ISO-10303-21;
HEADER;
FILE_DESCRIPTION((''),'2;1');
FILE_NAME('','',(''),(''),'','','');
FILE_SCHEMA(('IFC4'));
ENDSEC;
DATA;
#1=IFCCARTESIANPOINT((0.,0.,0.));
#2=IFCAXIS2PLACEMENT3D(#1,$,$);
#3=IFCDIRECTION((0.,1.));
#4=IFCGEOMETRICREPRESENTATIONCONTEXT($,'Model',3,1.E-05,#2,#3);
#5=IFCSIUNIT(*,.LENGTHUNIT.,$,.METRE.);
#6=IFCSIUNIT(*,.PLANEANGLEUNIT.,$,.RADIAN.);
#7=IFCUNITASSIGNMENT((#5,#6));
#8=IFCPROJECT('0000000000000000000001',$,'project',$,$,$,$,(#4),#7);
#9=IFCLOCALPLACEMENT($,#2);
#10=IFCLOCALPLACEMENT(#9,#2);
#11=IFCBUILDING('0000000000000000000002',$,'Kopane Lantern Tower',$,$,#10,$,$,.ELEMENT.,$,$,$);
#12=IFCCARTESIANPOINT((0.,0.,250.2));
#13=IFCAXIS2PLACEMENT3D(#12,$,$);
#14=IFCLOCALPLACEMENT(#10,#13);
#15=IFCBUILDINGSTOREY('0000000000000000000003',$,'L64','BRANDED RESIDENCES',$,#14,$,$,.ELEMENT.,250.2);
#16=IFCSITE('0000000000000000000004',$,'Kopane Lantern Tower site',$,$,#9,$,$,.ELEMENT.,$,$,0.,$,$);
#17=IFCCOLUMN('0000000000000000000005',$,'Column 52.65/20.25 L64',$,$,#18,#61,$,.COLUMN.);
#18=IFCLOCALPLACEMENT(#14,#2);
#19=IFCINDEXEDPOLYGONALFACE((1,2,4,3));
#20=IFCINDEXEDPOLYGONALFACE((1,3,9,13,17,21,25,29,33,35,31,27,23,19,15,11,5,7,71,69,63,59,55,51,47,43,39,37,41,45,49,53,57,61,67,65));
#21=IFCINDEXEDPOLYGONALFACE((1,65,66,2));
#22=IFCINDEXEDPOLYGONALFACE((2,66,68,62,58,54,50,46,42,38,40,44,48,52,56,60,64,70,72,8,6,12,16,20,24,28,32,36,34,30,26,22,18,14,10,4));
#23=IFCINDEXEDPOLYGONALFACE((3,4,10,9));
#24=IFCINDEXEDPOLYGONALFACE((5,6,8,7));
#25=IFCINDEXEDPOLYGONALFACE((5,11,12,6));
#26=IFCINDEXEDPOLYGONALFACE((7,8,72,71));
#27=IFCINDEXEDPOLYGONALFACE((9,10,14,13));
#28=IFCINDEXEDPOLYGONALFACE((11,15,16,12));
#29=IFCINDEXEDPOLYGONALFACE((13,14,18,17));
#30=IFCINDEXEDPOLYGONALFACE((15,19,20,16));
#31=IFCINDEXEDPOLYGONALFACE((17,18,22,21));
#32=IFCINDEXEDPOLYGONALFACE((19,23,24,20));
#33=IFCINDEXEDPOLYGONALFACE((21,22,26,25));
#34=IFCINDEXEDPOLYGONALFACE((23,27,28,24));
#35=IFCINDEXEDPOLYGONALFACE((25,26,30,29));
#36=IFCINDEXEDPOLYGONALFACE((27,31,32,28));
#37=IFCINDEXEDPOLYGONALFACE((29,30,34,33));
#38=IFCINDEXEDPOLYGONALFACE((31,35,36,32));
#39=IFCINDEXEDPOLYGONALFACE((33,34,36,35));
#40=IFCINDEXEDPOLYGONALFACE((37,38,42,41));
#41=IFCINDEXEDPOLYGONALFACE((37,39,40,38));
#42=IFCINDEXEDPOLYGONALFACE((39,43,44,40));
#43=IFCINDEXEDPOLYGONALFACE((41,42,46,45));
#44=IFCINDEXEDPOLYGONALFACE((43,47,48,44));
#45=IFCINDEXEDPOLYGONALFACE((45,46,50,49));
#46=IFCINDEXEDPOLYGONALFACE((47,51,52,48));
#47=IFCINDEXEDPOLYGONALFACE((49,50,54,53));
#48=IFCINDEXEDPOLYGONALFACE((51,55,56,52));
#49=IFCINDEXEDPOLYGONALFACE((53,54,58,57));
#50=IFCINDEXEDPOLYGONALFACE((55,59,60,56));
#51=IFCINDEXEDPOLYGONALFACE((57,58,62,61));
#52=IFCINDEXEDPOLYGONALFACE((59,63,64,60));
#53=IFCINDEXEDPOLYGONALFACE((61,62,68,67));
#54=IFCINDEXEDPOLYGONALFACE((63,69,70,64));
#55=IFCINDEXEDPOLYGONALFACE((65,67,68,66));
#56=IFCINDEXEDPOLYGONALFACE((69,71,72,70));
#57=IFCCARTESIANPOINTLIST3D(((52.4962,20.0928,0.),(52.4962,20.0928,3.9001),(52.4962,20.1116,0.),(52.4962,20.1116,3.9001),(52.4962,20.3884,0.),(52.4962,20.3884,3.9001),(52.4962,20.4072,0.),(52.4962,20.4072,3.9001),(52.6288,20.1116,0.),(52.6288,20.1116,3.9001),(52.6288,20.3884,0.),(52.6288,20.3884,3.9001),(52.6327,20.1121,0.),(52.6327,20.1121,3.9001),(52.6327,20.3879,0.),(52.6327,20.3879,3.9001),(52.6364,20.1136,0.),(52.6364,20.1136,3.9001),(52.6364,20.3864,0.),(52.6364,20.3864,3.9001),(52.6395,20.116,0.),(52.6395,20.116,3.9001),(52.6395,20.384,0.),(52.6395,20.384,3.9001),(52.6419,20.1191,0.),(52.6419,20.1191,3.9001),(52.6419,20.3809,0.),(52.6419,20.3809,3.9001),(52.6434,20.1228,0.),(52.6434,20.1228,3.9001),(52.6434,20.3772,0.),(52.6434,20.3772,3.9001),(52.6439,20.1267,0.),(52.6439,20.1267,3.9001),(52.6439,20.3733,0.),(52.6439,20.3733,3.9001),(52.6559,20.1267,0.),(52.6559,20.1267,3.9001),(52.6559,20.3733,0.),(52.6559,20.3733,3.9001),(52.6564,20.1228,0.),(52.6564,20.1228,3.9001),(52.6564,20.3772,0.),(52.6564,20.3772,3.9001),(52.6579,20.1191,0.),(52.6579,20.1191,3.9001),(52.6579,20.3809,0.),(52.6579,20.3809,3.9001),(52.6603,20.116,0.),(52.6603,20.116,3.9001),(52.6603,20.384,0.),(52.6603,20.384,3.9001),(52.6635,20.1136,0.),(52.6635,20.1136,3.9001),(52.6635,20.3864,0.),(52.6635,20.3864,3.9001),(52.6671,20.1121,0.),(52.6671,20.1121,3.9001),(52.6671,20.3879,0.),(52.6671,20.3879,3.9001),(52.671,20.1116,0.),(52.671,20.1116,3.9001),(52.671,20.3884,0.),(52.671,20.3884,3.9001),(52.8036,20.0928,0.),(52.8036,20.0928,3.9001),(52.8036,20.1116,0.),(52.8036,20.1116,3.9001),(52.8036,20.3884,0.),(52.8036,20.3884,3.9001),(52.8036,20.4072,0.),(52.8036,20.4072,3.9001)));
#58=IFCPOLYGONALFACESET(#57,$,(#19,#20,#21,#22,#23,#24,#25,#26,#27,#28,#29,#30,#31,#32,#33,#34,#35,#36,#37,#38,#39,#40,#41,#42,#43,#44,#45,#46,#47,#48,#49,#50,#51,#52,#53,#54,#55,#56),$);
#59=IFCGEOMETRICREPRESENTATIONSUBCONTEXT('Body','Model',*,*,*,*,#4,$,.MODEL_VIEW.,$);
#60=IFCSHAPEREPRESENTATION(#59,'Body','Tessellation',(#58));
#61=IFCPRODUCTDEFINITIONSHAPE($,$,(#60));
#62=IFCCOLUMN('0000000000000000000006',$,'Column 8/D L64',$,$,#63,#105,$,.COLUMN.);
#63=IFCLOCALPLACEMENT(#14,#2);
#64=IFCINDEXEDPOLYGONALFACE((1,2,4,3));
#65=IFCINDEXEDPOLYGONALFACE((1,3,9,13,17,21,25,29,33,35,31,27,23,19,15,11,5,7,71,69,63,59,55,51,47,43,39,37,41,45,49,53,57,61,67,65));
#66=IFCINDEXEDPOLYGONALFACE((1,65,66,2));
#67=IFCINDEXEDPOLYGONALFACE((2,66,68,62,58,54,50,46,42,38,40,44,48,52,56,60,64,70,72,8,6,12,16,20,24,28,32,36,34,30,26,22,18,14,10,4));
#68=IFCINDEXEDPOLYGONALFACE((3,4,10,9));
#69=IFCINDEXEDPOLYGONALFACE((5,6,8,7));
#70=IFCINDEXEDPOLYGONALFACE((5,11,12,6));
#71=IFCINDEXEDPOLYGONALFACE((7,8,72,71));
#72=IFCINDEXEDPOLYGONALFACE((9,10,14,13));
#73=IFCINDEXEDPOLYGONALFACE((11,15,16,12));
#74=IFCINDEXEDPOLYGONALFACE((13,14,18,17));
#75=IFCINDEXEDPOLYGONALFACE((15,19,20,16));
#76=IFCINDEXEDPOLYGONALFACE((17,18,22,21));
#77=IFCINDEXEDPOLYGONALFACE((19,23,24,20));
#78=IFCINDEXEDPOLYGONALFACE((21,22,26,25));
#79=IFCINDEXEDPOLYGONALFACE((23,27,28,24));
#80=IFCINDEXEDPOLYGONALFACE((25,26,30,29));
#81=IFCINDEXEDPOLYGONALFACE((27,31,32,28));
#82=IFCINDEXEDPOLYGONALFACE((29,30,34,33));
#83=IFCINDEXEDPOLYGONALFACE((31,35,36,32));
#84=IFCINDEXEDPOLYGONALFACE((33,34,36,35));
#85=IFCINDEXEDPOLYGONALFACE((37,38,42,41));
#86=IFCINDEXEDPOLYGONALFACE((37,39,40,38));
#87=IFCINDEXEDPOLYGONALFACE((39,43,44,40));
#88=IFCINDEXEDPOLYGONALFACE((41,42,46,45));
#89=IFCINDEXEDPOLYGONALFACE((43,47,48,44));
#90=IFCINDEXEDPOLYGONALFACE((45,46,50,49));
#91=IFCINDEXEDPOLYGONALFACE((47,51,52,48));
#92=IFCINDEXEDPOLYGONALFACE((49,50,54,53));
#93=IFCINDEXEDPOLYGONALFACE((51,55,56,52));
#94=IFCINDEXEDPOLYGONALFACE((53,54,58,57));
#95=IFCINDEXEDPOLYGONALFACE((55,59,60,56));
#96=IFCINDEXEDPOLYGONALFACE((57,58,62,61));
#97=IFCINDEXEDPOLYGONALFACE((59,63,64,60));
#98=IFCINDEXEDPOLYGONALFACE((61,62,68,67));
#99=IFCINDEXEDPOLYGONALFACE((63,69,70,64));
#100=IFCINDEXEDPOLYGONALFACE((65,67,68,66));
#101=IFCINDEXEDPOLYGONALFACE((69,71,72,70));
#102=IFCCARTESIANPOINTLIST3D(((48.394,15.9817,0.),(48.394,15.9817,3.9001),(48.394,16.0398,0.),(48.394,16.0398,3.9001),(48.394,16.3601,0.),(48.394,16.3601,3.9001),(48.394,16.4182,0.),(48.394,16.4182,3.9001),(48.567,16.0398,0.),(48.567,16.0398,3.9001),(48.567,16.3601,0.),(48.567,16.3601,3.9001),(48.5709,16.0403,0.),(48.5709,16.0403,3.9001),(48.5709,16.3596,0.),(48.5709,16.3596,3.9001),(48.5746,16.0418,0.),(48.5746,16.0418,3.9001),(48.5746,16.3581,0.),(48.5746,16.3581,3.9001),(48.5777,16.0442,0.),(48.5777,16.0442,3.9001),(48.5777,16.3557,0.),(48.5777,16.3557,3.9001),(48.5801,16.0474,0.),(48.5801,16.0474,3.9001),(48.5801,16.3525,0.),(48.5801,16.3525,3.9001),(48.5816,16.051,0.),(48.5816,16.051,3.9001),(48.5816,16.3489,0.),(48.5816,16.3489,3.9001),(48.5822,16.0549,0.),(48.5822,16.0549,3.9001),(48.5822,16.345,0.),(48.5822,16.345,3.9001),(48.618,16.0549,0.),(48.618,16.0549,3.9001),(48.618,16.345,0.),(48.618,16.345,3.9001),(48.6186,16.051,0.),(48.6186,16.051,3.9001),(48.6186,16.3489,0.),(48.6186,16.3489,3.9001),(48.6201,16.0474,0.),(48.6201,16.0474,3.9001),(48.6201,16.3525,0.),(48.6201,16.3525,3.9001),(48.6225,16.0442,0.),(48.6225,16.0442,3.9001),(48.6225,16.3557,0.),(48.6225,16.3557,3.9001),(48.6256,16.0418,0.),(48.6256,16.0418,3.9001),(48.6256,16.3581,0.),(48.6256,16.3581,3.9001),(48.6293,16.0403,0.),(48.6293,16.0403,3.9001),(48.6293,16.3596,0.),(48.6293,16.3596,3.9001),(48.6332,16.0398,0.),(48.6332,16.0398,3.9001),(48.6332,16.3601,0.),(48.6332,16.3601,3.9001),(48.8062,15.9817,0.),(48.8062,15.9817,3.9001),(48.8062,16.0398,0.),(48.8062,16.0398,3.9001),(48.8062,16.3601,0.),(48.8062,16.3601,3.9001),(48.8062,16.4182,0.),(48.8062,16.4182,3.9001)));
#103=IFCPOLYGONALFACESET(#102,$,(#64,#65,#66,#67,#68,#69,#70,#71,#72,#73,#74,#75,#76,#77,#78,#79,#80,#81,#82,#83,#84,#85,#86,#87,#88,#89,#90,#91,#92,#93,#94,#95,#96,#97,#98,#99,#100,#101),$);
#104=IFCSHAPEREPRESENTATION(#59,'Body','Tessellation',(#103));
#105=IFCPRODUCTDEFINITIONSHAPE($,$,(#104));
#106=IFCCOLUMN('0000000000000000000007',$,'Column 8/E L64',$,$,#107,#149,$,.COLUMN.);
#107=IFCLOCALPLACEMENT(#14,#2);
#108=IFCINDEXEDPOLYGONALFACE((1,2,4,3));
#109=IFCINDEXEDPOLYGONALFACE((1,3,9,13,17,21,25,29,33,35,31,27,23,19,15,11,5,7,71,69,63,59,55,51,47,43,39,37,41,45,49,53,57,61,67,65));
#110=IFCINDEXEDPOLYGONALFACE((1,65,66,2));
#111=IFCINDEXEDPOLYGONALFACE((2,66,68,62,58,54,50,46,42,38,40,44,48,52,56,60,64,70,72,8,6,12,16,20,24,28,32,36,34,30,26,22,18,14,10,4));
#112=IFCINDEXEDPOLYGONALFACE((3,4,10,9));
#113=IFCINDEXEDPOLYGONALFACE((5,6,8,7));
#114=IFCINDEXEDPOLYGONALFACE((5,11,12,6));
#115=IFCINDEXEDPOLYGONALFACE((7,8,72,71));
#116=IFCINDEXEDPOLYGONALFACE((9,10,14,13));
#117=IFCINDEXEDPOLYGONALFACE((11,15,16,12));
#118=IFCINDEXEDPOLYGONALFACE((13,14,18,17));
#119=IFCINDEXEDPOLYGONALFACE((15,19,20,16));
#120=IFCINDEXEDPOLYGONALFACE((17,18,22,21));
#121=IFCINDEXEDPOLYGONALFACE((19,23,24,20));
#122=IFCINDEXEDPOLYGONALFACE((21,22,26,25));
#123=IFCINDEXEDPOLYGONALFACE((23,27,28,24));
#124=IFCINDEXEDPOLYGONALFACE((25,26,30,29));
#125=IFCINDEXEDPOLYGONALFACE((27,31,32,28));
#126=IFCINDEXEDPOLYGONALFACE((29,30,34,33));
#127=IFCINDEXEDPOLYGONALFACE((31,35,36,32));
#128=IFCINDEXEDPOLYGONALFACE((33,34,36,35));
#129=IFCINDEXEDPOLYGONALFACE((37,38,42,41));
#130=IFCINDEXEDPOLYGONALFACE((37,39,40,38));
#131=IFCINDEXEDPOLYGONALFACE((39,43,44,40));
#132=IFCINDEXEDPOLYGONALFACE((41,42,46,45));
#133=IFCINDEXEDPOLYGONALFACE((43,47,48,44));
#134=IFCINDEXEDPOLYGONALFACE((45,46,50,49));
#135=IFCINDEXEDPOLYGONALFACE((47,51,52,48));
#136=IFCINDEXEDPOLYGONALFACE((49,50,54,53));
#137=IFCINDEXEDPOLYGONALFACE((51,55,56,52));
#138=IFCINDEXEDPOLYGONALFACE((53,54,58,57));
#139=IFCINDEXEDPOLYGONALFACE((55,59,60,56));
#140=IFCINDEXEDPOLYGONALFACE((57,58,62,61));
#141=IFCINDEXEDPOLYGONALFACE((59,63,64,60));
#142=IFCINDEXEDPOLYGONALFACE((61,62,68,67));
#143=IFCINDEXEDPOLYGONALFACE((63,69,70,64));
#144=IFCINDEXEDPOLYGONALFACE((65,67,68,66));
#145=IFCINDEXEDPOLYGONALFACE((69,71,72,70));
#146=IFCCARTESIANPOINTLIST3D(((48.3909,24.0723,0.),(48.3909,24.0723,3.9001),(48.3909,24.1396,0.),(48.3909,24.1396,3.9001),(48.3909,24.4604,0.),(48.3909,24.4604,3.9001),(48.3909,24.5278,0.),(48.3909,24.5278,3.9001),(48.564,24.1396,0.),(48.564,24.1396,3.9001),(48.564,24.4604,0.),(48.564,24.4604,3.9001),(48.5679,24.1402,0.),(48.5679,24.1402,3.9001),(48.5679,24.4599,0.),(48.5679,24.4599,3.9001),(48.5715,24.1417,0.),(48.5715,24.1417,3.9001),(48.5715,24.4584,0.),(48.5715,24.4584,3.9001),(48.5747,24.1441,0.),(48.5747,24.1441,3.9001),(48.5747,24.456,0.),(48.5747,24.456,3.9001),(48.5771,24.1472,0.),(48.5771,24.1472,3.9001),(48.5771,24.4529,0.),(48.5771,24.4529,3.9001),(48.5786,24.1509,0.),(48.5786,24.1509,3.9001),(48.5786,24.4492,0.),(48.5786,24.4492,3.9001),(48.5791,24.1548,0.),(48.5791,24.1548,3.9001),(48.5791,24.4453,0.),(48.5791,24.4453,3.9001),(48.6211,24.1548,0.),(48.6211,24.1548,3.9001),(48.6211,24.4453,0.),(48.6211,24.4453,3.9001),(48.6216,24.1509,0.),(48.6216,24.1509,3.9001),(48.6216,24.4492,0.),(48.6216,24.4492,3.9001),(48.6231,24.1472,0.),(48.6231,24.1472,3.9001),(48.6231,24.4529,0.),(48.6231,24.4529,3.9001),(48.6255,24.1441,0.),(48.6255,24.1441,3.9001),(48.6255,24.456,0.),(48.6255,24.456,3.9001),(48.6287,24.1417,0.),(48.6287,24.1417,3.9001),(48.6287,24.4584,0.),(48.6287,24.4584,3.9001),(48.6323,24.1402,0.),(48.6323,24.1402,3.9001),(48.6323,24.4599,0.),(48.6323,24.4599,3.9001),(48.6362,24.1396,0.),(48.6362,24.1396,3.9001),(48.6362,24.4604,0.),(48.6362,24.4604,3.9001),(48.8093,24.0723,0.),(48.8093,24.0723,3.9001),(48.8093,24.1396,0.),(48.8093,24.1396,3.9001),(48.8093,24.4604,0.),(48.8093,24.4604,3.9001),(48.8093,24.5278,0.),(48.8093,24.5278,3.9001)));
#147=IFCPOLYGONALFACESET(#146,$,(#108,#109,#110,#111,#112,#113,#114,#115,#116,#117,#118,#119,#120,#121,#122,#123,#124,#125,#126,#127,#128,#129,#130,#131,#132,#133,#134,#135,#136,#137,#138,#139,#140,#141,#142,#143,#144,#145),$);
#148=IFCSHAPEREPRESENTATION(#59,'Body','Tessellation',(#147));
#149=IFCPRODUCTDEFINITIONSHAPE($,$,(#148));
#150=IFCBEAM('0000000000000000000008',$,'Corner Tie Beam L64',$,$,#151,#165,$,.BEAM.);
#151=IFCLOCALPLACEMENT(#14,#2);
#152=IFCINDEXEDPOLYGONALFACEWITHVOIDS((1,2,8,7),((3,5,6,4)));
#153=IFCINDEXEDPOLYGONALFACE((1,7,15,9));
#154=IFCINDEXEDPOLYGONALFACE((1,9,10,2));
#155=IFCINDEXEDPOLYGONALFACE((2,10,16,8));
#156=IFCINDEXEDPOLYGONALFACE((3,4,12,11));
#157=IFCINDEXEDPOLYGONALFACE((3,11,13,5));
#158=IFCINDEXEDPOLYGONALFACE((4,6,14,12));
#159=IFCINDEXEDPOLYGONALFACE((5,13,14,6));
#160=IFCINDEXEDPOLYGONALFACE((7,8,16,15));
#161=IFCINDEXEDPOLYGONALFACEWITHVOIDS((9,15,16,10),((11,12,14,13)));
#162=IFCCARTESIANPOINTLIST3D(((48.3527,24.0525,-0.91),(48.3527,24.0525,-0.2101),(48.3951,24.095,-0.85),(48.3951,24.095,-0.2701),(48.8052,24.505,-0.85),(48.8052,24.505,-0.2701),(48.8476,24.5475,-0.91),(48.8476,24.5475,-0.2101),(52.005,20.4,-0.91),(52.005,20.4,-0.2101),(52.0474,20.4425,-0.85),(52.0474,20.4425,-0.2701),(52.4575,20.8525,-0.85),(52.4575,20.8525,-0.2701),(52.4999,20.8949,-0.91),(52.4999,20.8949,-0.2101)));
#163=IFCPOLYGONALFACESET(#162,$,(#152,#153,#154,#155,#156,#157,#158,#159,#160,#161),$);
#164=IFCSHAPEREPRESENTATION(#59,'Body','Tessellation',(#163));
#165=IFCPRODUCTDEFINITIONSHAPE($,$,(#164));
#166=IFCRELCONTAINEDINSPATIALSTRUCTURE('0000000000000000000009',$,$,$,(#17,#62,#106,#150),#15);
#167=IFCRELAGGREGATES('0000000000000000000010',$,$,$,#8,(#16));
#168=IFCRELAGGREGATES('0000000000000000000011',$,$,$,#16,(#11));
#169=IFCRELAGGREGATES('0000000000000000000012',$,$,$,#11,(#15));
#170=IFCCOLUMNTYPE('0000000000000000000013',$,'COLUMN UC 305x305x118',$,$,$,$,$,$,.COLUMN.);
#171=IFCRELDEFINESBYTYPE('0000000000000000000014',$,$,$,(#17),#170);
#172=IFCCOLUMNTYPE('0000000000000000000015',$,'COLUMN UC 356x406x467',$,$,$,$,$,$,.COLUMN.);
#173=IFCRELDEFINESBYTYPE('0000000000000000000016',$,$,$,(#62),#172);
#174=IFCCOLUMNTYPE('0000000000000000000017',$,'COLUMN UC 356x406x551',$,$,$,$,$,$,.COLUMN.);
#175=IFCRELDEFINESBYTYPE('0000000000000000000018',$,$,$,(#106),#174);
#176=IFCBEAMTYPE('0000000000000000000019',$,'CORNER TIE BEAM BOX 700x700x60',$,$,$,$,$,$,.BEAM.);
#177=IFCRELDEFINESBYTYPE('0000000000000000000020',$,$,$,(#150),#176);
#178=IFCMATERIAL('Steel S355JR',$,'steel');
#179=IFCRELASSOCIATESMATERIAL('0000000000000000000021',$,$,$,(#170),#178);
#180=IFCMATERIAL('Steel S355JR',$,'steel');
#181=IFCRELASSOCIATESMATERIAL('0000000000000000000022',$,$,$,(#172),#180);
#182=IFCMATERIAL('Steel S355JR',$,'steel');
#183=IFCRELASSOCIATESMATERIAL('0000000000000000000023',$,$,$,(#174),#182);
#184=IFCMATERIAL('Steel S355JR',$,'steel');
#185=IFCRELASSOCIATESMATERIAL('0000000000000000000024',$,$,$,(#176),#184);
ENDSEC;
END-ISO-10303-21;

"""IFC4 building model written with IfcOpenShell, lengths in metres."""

from ifc_helpers import new_model, si_unit, direction, frame, origin, origin_2d, place, context, subcontext, project, spatial, hollow_rectangle, i_section, extrude, material, material_profile, profile_set, type_object, element, save


model = new_model("IFC4")

# Units and contexts
model_context = context("Model", 3, precision=1e-05, world=origin(), true_north=direction((0.0, 1.0)))
body_context = subcontext(model_context, "Body", "Model", "MODEL_VIEW")
ifc_project = project(units=[si_unit("LENGTHUNIT", "METRE"), si_unit("PLANEANGLEUNIT", "RADIAN")], contexts=[model_context])

# Site, building, storey
site_placement = place(None, origin())
site = spatial("IfcSite", under=ifc_project, at=site_placement, Name="Kopane Lantern Tower site", CompositionType="ELEMENT", RefElevation=0.0)
building_placement = place(site_placement, origin())
building = spatial("IfcBuilding", under=site, at=building_placement, Name="Kopane Lantern Tower", CompositionType="ELEMENT")
storey_placement = place(building_placement, frame((0.0, 0.0, 250.2)))
storey = spatial("IfcBuildingStorey", under=building, at=storey_placement, Name="L64", Description="BRANDED RESIDENCES", CompositionType="ELEMENT", Elevation=250.2)

# Columns
ifc_material_1 = material(Name="Steel S355JR", Category="steel")
ifc_material_profile_1 = material_profile(ifc_material_1, i_section(OverallWidth=0.3074, OverallDepth=0.3145, WebThickness=0.012, FlangeThickness=0.0188, FilletRadius=0.0151, at=origin_2d()), Name="UC 305x305x118")
ifc_profile_set_1 = profile_set([ifc_material_profile_1], Name="Steel S355JR")
column_type_1 = type_object("IfcColumnType", Name="COLUMN UC 305x305x118", PredefinedType="COLUMN", material=ifc_profile_set_1)
column_1_placement = place(storey_placement, frame((52.6499, 20.25, 0.0), z_axis=(0.0, 0.0, 1.0), x_axis=(1.0, 0.0, 0.0)))
element("IfcColumn", 1, at=column_1_placement, inside=storey, type_object=column_type_1, Name="Column 52.65/20.25 L64", PredefinedType="COLUMN", context=body_context, shape_type="SweptSolid", body=[
    extrude(i_section(OverallWidth=0.3074, OverallDepth=0.3145, WebThickness=0.012, FlangeThickness=0.0188, FilletRadius=0.0151, at=origin_2d()), origin(), (0.0, 0.0, 1.0), 3.9001),
])
ifc_material_2 = material(Name="Steel S355JR", Category="steel")
ifc_material_profile_2 = material_profile(ifc_material_2, i_section(OverallWidth=0.4121, OverallDepth=0.4365, WebThickness=0.0359, FlangeThickness=0.0581, FilletRadius=0.0151, at=origin_2d()), Name="UC 356x406x467")
ifc_profile_set_2 = profile_set([ifc_material_profile_2], Name="Steel S355JR")
column_type_2 = type_object("IfcColumnType", Name="COLUMN UC 356x406x467", PredefinedType="COLUMN", material=ifc_profile_set_2)
column_2_placement = place(storey_placement, frame((48.6001, 16.2, 0.0), z_axis=(0.0, 0.0, 1.0), x_axis=(1.0, 0.0, 0.0)))
element("IfcColumn", 2, at=column_2_placement, inside=storey, type_object=column_type_2, Name="Column 8/D L64", PredefinedType="COLUMN", context=body_context, shape_type="SweptSolid", body=[
    extrude(i_section(OverallWidth=0.4121, OverallDepth=0.4365, WebThickness=0.0359, FlangeThickness=0.0581, FilletRadius=0.0151, at=origin_2d()), origin(), (0.0, 0.0, 1.0), 3.9001),
])
ifc_material_3 = material(Name="Steel S355JR", Category="steel")
ifc_material_profile_3 = material_profile(ifc_material_3, i_section(OverallWidth=0.4185, OverallDepth=0.4556, WebThickness=0.042, FlangeThickness=0.0674, FilletRadius=0.0151, at=origin_2d()), Name="UC 356x406x551")
ifc_profile_set_3 = profile_set([ifc_material_profile_3], Name="Steel S355JR")
column_type_3 = type_object("IfcColumnType", Name="COLUMN UC 356x406x551", PredefinedType="COLUMN", material=ifc_profile_set_3)
column_3_placement = place(storey_placement, frame((48.6001, 24.3, 0.0), z_axis=(0.0, 0.0, 1.0), x_axis=(1.0, 0.0, 0.0)))
element("IfcColumn", 3, at=column_3_placement, inside=storey, type_object=column_type_3, Name="Column 8/E L64", PredefinedType="COLUMN", context=body_context, shape_type="SweptSolid", body=[
    extrude(i_section(OverallWidth=0.4185, OverallDepth=0.4556, WebThickness=0.042, FlangeThickness=0.0674, FilletRadius=0.0151, at=origin_2d()), origin(), (0.0, 0.0, 1.0), 3.9001),
])

# Beam
ifc_material_4 = material(Name="Steel S355JR", Category="steel")
ifc_material_profile_4 = material_profile(ifc_material_4, hollow_rectangle(XDim=0.7, YDim=0.7, WallThickness=0.0601, at=origin_2d()), Name="BOX 700x700x60")
ifc_profile_set_4 = profile_set([ifc_material_profile_4], Name="Steel S355JR")
beam_type_1 = type_object("IfcBeamType", Name="CORNER TIE BEAM BOX 700x700x60", PredefinedType="BEAM", material=ifc_profile_set_4)
beam_1_placement = place(storey_placement, frame((52.2524, 20.6475, -0.5601), z_axis=(-0.707083, 0.70713, 0.0), x_axis=(-0.70713, -0.707083, 0.0)))
element("IfcBeam", 4, at=beam_1_placement, inside=storey, type_object=beam_type_1, Name="Corner Tie Beam L64", PredefinedType="BEAM", context=body_context, shape_type="SweptSolid", body=[
    extrude(hollow_rectangle(XDim=0.7, YDim=0.7, WallThickness=0.0601, at=origin_2d()), origin(), (0.0, 0.0, 1.0), 5.1653),
])

save(model, "model.ifc")
